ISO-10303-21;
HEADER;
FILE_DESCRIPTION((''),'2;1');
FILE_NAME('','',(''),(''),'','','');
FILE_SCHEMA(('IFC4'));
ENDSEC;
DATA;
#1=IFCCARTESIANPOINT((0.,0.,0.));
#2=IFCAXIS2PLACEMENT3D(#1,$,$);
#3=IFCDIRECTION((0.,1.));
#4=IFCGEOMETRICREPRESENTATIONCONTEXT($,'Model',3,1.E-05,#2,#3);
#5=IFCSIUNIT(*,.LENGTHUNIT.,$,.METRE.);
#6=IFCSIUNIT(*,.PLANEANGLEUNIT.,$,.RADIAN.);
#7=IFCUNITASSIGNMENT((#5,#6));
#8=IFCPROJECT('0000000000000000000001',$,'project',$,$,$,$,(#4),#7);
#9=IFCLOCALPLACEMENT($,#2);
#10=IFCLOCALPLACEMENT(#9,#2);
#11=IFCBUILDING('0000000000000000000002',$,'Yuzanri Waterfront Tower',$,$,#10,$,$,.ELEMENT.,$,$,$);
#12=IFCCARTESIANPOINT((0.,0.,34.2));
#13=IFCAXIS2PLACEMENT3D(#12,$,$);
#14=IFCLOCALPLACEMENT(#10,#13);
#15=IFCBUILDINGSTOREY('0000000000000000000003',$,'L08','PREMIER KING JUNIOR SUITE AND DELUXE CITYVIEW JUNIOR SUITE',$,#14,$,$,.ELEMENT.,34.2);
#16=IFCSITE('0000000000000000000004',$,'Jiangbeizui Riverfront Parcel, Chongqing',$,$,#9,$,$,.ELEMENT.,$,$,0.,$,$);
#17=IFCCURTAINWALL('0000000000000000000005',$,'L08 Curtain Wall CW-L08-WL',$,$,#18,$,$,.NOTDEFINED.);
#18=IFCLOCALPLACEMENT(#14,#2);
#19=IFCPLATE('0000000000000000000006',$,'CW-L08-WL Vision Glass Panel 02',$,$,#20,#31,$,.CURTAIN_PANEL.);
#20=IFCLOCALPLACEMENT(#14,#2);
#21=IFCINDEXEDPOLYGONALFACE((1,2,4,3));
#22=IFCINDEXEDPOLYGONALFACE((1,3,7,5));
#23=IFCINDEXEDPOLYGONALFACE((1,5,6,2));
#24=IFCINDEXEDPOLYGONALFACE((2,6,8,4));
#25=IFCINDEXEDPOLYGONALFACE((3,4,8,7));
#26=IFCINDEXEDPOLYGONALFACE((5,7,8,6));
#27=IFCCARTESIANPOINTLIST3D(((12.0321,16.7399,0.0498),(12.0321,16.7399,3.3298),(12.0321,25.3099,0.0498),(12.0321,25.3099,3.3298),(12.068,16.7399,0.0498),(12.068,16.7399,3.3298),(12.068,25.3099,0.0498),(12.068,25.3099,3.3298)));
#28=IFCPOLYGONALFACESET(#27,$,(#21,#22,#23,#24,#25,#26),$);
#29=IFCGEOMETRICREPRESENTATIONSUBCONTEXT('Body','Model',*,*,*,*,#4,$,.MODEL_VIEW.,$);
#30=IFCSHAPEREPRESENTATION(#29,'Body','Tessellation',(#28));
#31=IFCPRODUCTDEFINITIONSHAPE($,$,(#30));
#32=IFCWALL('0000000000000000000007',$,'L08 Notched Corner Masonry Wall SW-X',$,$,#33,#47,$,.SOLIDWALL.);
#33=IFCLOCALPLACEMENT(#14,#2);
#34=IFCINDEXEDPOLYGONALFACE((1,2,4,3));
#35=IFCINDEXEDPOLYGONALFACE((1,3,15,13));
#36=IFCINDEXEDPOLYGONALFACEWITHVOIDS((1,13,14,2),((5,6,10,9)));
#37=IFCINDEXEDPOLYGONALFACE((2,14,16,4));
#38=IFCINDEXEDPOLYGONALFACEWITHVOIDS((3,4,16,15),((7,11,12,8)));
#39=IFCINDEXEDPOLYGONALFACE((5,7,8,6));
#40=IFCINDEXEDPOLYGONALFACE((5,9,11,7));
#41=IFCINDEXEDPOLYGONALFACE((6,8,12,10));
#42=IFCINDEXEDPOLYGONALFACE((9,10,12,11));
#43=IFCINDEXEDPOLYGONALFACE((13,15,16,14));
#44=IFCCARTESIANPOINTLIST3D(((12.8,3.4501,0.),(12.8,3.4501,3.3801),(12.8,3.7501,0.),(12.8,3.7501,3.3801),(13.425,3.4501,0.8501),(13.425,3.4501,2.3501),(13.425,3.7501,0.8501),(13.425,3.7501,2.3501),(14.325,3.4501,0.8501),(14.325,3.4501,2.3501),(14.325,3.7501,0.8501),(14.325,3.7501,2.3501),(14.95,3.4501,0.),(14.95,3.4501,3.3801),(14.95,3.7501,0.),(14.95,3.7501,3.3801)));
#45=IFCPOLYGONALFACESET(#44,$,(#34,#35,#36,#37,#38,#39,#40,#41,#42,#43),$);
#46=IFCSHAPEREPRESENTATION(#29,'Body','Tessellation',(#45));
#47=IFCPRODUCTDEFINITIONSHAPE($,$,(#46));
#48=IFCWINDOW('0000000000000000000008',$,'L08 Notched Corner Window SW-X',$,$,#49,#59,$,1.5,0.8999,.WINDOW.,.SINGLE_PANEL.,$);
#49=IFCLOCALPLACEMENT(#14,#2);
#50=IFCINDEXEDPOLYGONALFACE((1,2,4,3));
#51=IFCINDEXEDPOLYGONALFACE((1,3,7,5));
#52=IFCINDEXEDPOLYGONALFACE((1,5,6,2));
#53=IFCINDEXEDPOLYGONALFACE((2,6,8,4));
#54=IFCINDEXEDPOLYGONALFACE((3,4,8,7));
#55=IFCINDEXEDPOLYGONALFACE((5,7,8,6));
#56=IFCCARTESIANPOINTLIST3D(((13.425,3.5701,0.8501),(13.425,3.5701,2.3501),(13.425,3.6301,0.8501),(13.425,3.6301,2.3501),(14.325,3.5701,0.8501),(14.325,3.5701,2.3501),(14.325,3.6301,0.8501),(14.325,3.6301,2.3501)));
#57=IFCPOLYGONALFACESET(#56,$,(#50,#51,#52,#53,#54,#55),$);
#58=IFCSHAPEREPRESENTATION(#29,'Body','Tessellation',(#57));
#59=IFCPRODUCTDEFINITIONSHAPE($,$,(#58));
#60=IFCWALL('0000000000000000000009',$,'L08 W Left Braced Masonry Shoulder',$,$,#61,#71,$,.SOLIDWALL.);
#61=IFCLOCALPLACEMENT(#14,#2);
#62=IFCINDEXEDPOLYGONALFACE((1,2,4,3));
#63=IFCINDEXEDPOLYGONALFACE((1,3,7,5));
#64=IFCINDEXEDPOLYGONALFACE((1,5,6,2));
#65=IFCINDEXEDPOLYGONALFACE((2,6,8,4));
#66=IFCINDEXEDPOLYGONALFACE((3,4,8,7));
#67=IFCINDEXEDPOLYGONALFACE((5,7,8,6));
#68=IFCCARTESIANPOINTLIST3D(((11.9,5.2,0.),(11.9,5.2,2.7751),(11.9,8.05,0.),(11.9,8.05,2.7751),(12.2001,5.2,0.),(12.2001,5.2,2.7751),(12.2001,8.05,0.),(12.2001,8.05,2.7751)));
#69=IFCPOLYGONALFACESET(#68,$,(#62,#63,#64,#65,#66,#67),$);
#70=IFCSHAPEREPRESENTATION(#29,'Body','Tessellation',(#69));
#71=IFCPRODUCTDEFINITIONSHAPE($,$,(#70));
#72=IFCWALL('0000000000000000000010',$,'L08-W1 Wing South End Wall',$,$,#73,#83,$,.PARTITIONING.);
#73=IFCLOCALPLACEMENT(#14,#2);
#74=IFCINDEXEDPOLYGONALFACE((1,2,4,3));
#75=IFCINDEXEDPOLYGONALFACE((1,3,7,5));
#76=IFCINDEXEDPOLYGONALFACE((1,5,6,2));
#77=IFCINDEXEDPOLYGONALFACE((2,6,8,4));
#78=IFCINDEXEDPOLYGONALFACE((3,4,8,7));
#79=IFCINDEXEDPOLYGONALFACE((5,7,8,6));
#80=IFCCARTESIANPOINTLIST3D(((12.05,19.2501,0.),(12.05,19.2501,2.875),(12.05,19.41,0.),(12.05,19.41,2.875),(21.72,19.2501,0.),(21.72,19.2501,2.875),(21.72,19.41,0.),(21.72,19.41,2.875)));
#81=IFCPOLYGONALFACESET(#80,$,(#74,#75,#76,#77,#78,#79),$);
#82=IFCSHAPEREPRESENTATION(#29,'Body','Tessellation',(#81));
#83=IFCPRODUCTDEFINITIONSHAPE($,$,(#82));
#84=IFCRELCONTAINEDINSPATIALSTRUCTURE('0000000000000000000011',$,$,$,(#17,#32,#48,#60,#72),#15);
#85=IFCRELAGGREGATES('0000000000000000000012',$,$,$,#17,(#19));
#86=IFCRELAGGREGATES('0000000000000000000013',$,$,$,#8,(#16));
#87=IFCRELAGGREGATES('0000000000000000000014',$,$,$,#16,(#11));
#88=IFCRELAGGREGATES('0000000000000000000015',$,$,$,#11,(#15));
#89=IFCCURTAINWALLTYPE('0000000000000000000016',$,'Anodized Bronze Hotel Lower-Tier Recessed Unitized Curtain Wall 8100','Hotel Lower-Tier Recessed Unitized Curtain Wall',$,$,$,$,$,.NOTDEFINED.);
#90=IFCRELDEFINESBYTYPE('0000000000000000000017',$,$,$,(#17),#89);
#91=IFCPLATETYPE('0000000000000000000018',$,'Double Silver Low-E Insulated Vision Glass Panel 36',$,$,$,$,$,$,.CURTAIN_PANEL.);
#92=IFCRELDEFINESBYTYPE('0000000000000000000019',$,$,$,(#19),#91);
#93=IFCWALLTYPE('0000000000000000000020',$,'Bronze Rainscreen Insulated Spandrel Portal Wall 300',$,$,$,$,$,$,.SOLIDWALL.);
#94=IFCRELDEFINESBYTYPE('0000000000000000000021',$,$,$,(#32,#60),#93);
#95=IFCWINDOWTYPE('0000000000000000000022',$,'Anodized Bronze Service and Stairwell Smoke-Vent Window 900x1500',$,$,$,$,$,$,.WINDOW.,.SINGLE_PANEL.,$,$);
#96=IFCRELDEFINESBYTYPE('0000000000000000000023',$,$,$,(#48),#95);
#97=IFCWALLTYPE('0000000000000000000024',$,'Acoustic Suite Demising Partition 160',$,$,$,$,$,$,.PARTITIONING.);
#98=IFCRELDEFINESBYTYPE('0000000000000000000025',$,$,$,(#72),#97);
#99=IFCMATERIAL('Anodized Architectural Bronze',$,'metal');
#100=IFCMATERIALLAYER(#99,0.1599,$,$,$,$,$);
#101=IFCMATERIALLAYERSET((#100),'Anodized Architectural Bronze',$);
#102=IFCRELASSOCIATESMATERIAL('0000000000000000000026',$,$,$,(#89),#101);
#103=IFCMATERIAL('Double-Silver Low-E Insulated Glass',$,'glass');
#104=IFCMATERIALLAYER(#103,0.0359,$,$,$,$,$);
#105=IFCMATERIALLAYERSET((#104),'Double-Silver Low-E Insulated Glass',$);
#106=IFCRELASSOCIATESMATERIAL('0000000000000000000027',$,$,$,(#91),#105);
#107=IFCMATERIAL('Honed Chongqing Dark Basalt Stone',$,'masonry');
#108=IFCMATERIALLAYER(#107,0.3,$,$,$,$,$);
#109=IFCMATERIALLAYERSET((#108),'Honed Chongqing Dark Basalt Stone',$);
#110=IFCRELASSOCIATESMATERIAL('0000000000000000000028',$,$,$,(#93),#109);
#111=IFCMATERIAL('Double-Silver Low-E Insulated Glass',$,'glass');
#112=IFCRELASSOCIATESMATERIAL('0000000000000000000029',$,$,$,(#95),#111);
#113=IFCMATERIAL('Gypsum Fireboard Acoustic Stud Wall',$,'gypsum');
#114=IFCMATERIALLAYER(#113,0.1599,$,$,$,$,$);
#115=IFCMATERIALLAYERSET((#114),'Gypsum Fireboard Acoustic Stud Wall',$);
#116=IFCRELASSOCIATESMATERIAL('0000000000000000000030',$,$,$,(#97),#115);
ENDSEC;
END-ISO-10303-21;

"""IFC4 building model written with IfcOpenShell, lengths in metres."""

from ifc_helpers import new_model, si_unit, direction, frame, frame_2d, origin, origin_2d, place, context, subcontext, project, spatial, rectangle, extrude, source, transform, mapped, material, layer, layer_set, type_object, element, fill, aggregate, save


model = new_model("IFC4")

# Units and contexts
model_context = context("Model", 3, precision=1e-05, world=origin(), true_north=direction((0.0, 1.0)))
body_context = subcontext(model_context, "Body", "Model", "MODEL_VIEW")
ifc_project = project(units=[si_unit("LENGTHUNIT", "METRE"), si_unit("PLANEANGLEUNIT", "RADIAN")], contexts=[model_context])

# Site, building, storey
site_placement = place(None, origin())
site = spatial("IfcSite", under=ifc_project, at=site_placement, Name="Jiangbeizui Riverfront Parcel, Chongqing", CompositionType="ELEMENT", RefElevation=0.0)
building_placement = place(site_placement, origin())
building = spatial("IfcBuilding", under=site, at=building_placement, Name="Yuzanri Waterfront Tower", CompositionType="ELEMENT")
storey_placement = place(building_placement, frame((0.0, 0.0, 34.2)))
storey = spatial("IfcBuildingStorey", under=building, at=storey_placement, Name="L08", Description="PREMIER KING JUNIOR SUITE AND DELUXE CITYVIEW JUNIOR SUITE", CompositionType="ELEMENT", Elevation=34.2)

# Curtain wall
ifc_material_1 = material(Name="Anodized Architectural Bronze", Category="metal")
ifc_layer_1 = layer(ifc_material_1, 0.1599)
ifc_layer_set_1 = layer_set([ifc_layer_1], Name="Anodized Architectural Bronze")
curtain_wall_type = type_object("IfcCurtainWallType", Name="Anodized Bronze Hotel Lower-Tier Recessed Unitized Curtain Wall 8100", Description="Hotel Lower-Tier Recessed Unitized Curtain Wall", PredefinedType="NOTDEFINED", material=ifc_layer_set_1)
curtain_wall_placement = place(storey_placement, origin())
curtain_wall = element("IfcCurtainWall", 1, at=curtain_wall_placement, inside=storey, type_object=curtain_wall_type, Name="L08 Curtain Wall CW-L08-WL", PredefinedType="NOTDEFINED")

# Plate
ifc_material_2 = material(Name="Double-Silver Low-E Insulated Glass", Category="glass")
ifc_layer_2 = layer(ifc_material_2, 0.0359)
ifc_layer_set_2 = layer_set([ifc_layer_2], Name="Double-Silver Low-E Insulated Glass")
plate_type_1 = type_object("IfcPlateType", Name="Double Silver Low-E Insulated Vision Glass Panel 36", PredefinedType="CURTAIN_PANEL", material=ifc_layer_set_2)
shared_shape_1 = source(origin(), body_context, "Body", "SweptSolid", [
    extrude(rectangle(XDim=8.5701, YDim=0.0359, at=origin_2d()), origin(), (0.0, 0.0, 1.0), 3.28),
])
plate_1_placement = place(storey_placement, frame((12.05, 21.0249, 0.0498), z_axis=(0.0, 0.0, 1.0), x_axis=(0.0, 1.0, 0.0)))
plate_1 = element("IfcPlate", 2, at=plate_1_placement, type_object=plate_type_1, Name="CW-L08-WL Vision Glass Panel 02", PredefinedType="CURTAIN_PANEL", context=body_context, shape_type="MappedRepresentation", body=[
    mapped(shared_shape_1, transform((0.0, 0.0, 0.0), scale=1.0)),
])
aggregate(curtain_wall, [plate_1])

# Wall, opening, window
ifc_material_3 = material(Name="Honed Chongqing Dark Basalt Stone", Category="masonry")
ifc_layer_3 = layer(ifc_material_3, 0.3)
ifc_layer_set_3 = layer_set([ifc_layer_3], Name="Honed Chongqing Dark Basalt Stone")
wall_type_1 = type_object("IfcWallType", Name="Bronze Rainscreen Insulated Spandrel Portal Wall 300", PredefinedType="SOLIDWALL", material=ifc_layer_set_3)
wall_1_placement = place(storey_placement, frame((12.8, 3.6001, 0.0), z_axis=(0.0, 0.0, 1.0), x_axis=(1.0, 0.0, 0.0)))
wall_1 = element("IfcWall", 3, at=wall_1_placement, inside=storey, type_object=wall_type_1, Name="L08 Notched Corner Masonry Wall SW-X", PredefinedType="SOLIDWALL", context=body_context, shape_type="SweptSolid", body=[
    extrude(rectangle(XDim=2.1499, YDim=0.3, at=frame_2d((1.075, 0.0))), origin(), (0.0, 0.0, 1.0), 3.3801),
])
opening_placement = place(wall_1_placement, frame((0.625, 0.0, 0.8501)))
opening = element("IfcOpeningElement", 4, at=opening_placement, cuts=wall_1, PredefinedType="OPENING", context=body_context, shape_type="SweptSolid", body=[
    extrude(rectangle(XDim=0.8999, YDim=1.5, at=frame_2d((0.45, 0.75))), frame((0.0, 0.165, 0.0), z_axis=(0.0, -1.0, 0.0), x_axis=(1.0, 0.0, 0.0)), (0.0, 0.0, 1.0), 0.3298),
])
ifc_material_4 = material(Name="Double-Silver Low-E Insulated Glass", Category="glass")
window_type = type_object("IfcWindowType", Name="Anodized Bronze Service and Stairwell Smoke-Vent Window 900x1500", PartitioningType="SINGLE_PANEL", PredefinedType="WINDOW", material=ifc_material_4)
shared_shape_2 = source(origin(), body_context, "Body", "SweptSolid", [
    extrude(rectangle(XDim=0.8999, YDim=1.5, at=frame_2d((0.45, 0.75))), frame((0.0, 0.03, 0.0), z_axis=(0.0, -1.0, 0.0), x_axis=(1.0, 0.0, 0.0)), (0.0, 0.0, 1.0), 0.0601),
])
window_placement = place(opening_placement, origin())
window = element("IfcWindow", 5, at=window_placement, inside=storey, type_object=window_type, Name="L08 Notched Corner Window SW-X", OverallHeight=1.5, OverallWidth=0.8999, PartitioningType="SINGLE_PANEL", PredefinedType="WINDOW", context=body_context, shape_type="MappedRepresentation", body=[
    mapped(shared_shape_2, transform((0.0, 0.0, 0.0), scale=1.0)),
])
fill(opening, window)

# Walls
shared_shape_3 = source(origin(), body_context, "Body", "SweptSolid", [
    extrude(rectangle(XDim=2.8501, YDim=0.3, at=frame_2d((1.425, 0.0))), origin(), (0.0, 0.0, 1.0), 2.7751),
])
wall_2_placement = place(storey_placement, frame((12.05, 5.2, 0.0), z_axis=(0.0, 0.0, 1.0), x_axis=(0.0, 1.0, 0.0)))
element("IfcWall", 6, at=wall_2_placement, inside=storey, type_object=wall_type_1, Name="L08 W Left Braced Masonry Shoulder", PredefinedType="SOLIDWALL", context=body_context, shape_type="MappedRepresentation", body=[
    mapped(shared_shape_3, transform((0.0, 0.0, 0.0), scale=1.0)),
])
ifc_material_5 = material(Name="Gypsum Fireboard Acoustic Stud Wall", Category="gypsum")
ifc_layer_4 = layer(ifc_material_5, 0.1599)
ifc_layer_set_4 = layer_set([ifc_layer_4], Name="Gypsum Fireboard Acoustic Stud Wall")
wall_type_2 = type_object("IfcWallType", Name="Acoustic Suite Demising Partition 160", PredefinedType="PARTITIONING", material=ifc_layer_set_4)
shared_shape_4 = source(origin(), body_context, "Body", "SweptSolid", [
    extrude(rectangle(XDim=9.6699, YDim=0.1599, at=frame_2d((4.835, 0.0))), origin(), (0.0, 0.0, 1.0), 2.875),
])
wall_3_placement = place(storey_placement, frame((12.05, 19.3301, 0.0), z_axis=(0.0, 0.0, 1.0), x_axis=(1.0, 0.0, 0.0)))
element("IfcWall", 7, at=wall_3_placement, inside=storey, type_object=wall_type_2, Name="L08-W1 Wing South End Wall", PredefinedType="PARTITIONING", context=body_context, shape_type="MappedRepresentation", body=[
    mapped(shared_shape_4, transform((0.0, 0.0, 0.0), scale=1.0)),
])

save(model, "model.ifc")
